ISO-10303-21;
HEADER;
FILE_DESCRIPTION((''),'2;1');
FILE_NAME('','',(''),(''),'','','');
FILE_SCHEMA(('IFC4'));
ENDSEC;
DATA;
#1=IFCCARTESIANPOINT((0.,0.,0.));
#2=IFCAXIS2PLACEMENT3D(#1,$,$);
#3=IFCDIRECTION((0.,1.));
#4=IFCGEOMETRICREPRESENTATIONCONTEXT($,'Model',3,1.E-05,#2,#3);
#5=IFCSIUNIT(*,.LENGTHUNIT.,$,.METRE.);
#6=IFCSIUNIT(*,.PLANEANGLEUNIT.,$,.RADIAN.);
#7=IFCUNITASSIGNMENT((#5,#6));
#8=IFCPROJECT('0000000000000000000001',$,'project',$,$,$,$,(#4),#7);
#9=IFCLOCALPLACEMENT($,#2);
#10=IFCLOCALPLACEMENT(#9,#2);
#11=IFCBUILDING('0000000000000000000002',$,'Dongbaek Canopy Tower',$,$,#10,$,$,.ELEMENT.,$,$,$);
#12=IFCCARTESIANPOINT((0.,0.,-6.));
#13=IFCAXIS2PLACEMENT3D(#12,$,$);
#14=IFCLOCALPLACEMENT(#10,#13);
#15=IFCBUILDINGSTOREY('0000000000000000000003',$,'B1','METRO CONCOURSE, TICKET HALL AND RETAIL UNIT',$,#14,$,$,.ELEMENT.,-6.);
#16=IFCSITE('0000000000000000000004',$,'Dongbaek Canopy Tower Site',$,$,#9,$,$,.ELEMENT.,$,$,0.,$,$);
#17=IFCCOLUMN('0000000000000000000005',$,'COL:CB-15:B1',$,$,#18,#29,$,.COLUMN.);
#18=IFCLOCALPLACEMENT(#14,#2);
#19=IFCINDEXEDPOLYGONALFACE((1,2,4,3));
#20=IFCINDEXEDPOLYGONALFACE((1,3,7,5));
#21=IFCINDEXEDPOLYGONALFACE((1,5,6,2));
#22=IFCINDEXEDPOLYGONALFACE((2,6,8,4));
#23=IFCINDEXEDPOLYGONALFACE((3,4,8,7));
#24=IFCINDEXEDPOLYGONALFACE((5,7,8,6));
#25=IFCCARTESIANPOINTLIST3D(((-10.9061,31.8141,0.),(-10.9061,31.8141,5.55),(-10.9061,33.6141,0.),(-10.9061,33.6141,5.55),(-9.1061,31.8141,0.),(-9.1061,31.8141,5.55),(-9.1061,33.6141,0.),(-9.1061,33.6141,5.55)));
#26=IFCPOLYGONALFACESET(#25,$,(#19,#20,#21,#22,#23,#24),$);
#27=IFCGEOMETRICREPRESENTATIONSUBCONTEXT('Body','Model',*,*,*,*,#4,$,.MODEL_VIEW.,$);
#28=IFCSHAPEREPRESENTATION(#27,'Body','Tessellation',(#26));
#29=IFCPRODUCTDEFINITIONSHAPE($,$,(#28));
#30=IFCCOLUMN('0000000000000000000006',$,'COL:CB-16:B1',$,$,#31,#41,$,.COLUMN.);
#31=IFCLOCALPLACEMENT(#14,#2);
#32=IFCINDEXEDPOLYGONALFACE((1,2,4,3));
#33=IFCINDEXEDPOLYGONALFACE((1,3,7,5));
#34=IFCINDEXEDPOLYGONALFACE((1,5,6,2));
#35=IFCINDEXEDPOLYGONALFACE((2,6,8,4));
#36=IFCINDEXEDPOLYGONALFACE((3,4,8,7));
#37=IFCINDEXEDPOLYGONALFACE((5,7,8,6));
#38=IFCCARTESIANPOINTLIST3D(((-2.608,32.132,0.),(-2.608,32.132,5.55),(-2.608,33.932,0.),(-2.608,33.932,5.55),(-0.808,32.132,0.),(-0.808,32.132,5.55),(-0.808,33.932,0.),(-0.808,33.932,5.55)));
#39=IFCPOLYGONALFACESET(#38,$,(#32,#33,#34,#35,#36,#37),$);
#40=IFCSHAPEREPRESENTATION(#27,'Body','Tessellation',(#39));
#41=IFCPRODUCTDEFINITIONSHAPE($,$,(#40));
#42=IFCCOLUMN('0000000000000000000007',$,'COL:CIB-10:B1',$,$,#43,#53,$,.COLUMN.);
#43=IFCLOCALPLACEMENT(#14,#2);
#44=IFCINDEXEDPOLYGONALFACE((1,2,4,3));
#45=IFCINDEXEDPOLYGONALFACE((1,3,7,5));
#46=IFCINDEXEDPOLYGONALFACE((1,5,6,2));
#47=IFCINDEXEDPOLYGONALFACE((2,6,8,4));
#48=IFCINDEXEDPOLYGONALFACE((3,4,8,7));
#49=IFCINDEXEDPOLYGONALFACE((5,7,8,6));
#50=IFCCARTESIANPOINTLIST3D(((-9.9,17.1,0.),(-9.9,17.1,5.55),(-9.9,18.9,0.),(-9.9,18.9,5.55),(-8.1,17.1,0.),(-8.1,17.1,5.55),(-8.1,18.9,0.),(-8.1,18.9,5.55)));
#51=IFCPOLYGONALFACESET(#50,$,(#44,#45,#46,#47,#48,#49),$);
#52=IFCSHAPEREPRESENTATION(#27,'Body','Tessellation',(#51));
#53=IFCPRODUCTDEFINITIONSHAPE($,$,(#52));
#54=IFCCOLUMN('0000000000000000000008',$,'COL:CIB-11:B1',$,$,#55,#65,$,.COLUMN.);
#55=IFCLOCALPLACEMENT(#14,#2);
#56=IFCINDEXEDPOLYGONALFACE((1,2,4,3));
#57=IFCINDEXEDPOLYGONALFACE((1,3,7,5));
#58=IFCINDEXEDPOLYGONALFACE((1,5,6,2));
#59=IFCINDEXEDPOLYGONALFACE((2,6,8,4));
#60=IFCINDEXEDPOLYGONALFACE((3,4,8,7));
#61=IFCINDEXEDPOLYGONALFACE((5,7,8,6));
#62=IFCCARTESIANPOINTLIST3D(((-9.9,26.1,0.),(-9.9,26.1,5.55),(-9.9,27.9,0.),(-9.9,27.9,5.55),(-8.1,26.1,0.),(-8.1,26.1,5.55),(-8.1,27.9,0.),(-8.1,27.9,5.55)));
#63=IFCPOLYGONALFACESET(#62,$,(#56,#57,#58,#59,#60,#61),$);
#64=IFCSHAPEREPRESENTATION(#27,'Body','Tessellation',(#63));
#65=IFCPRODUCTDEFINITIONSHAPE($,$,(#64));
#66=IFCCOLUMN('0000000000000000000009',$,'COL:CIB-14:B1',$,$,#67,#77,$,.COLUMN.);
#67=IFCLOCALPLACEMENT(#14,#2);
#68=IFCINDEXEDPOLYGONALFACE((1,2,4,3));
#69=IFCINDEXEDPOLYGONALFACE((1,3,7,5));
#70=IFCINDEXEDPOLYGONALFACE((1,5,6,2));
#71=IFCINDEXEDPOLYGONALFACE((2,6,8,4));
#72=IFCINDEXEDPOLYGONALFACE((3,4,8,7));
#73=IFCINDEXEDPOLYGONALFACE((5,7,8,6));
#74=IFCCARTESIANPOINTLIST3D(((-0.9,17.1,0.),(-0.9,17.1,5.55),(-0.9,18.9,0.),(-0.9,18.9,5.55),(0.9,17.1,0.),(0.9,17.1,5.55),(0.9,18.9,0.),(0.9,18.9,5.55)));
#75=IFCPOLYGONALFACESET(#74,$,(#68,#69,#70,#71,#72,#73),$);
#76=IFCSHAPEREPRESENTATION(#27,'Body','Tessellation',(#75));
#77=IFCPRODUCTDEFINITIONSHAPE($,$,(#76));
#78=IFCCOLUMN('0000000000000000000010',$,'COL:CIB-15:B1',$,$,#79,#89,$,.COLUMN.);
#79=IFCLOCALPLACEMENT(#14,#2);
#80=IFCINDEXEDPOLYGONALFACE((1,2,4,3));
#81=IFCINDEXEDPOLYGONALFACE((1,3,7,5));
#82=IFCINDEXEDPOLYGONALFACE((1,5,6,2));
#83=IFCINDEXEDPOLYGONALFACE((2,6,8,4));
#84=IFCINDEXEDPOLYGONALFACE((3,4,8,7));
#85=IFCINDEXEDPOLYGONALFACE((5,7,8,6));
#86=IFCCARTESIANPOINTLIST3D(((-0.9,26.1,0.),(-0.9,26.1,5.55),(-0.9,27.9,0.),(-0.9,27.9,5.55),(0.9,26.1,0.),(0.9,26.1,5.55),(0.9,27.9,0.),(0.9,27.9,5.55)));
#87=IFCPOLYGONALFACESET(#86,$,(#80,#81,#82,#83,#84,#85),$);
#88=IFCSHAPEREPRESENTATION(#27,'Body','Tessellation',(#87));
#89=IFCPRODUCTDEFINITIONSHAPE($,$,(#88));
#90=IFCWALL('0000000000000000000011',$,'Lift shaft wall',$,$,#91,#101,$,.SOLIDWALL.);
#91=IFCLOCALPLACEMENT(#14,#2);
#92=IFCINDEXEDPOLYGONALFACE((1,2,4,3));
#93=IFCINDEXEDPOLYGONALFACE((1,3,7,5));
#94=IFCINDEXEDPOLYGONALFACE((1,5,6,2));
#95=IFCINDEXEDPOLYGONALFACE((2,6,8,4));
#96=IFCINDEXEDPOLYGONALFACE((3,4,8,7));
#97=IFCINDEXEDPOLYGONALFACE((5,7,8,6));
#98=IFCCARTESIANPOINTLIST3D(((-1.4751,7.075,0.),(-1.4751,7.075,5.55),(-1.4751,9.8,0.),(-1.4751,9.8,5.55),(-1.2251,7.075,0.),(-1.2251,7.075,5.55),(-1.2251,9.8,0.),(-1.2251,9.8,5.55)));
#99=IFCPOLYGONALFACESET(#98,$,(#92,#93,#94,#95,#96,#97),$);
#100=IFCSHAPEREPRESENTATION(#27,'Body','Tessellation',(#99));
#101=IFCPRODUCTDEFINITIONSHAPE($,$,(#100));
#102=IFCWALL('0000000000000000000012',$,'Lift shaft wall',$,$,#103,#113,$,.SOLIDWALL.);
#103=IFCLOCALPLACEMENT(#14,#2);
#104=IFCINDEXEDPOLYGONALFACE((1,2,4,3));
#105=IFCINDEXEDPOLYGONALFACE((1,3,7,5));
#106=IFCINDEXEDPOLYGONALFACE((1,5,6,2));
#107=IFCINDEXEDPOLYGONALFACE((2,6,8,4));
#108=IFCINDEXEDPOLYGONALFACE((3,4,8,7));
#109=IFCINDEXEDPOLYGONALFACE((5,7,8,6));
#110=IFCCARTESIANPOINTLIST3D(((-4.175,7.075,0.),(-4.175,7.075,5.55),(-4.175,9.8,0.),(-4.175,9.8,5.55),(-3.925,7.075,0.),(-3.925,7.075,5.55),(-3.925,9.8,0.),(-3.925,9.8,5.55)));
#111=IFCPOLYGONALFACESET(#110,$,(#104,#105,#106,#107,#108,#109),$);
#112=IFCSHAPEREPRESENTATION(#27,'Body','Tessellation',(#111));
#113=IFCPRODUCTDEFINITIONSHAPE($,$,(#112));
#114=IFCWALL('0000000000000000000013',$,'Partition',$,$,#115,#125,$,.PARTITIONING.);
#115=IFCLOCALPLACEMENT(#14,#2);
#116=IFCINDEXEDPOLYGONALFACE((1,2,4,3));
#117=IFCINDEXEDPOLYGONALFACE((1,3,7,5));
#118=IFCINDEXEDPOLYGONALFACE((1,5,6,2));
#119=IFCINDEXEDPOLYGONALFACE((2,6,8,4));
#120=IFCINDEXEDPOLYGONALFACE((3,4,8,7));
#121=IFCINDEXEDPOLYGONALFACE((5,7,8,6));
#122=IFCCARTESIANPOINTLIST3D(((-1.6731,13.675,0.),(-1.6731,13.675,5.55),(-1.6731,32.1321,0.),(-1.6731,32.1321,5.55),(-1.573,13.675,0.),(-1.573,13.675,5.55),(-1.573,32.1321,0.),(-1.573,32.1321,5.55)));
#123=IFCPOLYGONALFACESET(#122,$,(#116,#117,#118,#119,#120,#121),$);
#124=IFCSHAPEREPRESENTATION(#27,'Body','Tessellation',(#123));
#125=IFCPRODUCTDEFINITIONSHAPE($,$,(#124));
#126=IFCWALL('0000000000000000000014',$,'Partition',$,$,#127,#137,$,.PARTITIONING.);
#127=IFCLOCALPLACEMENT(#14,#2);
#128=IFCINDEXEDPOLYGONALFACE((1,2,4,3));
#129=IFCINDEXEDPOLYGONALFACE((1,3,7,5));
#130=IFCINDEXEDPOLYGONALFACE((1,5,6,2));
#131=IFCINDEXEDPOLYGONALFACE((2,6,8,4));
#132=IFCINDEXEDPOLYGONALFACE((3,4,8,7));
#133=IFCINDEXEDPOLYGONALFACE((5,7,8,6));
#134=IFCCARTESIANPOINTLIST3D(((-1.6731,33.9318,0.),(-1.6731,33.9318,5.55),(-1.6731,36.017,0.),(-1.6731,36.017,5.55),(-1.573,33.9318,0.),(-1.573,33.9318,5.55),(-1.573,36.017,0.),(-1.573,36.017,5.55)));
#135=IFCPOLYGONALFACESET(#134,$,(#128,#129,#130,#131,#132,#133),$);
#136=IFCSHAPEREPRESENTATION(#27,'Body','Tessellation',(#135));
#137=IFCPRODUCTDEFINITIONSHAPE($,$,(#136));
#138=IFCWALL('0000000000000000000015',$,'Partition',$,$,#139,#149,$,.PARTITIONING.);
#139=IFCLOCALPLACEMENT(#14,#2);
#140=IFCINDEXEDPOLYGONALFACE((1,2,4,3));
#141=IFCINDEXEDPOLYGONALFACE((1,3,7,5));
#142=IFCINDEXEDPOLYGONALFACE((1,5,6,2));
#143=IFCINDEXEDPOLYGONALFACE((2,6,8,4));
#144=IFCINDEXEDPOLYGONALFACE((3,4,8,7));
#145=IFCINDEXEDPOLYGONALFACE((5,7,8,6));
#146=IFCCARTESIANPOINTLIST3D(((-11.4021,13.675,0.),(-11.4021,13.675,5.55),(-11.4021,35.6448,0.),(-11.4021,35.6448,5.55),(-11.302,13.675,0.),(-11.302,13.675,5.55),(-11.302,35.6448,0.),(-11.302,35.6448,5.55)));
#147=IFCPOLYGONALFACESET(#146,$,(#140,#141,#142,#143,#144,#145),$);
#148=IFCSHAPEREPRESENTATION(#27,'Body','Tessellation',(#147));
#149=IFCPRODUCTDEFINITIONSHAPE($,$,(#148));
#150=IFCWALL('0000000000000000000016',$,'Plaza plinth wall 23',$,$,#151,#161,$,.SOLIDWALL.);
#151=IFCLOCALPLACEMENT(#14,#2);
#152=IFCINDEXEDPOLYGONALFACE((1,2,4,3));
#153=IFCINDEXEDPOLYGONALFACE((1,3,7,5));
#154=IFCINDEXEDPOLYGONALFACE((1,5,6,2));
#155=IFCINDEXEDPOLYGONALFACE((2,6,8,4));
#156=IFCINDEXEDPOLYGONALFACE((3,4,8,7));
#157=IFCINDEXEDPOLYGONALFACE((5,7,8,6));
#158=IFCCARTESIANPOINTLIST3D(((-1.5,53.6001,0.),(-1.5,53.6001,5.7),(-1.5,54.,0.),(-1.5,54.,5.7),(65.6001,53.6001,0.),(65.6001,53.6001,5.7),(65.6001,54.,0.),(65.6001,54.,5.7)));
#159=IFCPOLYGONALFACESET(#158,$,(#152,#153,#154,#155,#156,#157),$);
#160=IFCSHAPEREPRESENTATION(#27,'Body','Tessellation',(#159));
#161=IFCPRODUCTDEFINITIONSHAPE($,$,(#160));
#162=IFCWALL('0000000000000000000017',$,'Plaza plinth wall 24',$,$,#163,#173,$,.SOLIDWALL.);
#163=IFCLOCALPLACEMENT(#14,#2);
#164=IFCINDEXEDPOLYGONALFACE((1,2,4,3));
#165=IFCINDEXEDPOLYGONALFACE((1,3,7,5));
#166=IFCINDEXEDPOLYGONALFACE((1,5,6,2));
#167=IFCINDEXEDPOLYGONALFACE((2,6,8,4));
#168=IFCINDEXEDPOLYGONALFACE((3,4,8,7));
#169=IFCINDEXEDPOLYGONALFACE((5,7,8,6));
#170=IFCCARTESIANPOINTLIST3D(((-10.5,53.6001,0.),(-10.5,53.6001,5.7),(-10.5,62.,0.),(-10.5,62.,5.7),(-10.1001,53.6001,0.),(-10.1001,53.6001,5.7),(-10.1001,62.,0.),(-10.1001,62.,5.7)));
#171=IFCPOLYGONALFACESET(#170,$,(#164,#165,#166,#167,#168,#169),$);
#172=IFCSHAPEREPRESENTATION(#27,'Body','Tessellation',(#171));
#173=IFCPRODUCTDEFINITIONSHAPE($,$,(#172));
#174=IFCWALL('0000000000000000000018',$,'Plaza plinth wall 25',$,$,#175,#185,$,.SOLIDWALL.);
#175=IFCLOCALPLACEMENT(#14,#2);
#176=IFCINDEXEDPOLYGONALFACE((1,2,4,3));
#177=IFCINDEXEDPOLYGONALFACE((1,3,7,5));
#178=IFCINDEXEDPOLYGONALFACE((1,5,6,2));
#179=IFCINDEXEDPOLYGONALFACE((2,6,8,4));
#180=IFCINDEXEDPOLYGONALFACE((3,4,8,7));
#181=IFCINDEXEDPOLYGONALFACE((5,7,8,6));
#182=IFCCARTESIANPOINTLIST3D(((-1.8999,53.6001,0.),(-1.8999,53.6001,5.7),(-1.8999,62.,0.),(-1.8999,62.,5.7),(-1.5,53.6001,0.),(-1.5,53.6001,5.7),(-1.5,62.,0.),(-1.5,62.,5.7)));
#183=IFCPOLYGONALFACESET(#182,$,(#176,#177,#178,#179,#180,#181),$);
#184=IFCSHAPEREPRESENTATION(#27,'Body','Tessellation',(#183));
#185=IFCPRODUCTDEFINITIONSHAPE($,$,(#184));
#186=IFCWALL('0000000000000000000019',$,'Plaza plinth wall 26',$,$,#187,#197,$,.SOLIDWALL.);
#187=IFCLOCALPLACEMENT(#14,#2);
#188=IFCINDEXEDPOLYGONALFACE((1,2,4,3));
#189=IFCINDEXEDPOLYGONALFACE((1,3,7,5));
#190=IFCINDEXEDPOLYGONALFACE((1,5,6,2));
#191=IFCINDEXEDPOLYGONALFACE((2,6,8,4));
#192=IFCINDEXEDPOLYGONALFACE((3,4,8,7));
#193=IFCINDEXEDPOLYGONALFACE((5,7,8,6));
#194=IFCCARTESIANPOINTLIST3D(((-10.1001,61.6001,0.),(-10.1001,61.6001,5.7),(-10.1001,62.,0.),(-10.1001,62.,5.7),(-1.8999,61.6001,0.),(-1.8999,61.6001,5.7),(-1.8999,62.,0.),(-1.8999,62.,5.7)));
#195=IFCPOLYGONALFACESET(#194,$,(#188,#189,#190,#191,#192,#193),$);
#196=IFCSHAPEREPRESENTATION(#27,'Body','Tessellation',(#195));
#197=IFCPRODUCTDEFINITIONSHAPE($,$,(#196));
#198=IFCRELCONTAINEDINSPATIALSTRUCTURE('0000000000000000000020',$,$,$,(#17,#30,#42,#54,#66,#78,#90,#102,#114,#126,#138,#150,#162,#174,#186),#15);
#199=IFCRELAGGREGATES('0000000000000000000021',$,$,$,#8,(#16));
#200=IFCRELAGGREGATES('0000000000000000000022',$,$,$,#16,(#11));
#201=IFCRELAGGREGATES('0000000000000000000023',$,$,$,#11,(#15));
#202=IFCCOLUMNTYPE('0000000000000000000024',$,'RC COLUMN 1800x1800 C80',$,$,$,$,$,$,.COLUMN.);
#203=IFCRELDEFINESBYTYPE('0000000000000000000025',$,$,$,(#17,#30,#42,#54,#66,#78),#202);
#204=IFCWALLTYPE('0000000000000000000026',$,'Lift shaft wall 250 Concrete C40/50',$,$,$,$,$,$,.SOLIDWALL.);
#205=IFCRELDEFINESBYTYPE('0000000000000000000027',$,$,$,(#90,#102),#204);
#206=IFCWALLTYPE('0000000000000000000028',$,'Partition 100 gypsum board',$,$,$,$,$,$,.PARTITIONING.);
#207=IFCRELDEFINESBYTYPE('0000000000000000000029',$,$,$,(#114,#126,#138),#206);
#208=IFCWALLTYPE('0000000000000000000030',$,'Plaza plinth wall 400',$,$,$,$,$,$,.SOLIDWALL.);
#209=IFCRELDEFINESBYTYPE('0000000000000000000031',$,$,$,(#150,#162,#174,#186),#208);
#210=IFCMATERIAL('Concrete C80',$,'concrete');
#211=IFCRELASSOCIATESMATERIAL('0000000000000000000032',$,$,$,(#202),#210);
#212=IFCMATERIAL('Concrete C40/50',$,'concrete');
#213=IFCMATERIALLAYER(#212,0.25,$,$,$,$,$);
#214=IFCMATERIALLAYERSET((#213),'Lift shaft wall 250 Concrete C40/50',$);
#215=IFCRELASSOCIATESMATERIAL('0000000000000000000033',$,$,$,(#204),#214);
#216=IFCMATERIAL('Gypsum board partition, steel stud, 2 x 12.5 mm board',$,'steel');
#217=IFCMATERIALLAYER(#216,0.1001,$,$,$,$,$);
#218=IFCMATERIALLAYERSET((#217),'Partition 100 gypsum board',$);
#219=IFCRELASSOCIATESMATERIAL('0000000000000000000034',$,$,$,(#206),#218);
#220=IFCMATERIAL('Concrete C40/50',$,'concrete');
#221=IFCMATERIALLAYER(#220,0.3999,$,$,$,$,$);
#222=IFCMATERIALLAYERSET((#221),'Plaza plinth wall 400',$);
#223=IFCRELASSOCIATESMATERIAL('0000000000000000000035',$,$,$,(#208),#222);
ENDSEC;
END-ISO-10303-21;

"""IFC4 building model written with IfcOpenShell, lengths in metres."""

from ifc_helpers import new_model, si_unit, direction, frame, frame_2d, origin, origin_2d, place, context, subcontext, project, spatial, rectangle, extrude, material, layer, layer_set, material_profile, profile_set, type_object, element, save


model = new_model("IFC4")

# Units and contexts
model_context = context("Model", 3, precision=1e-05, world=origin(), true_north=direction((0.0, 1.0)))
body_context = subcontext(model_context, "Body", "Model", "MODEL_VIEW")
ifc_project = project(units=[si_unit("LENGTHUNIT", "METRE"), si_unit("PLANEANGLEUNIT", "RADIAN")], contexts=[model_context])

# Site, building, storey
site_placement = place(None, origin())
site = spatial("IfcSite", under=ifc_project, at=site_placement, Name="Dongbaek Canopy Tower Site", CompositionType="ELEMENT", RefElevation=0.0)
building_placement = place(site_placement, origin())
building = spatial("IfcBuilding", under=site, at=building_placement, Name="Dongbaek Canopy Tower", CompositionType="ELEMENT")
storey_placement = place(building_placement, frame((0.0, 0.0, -6.0)))
storey = spatial("IfcBuildingStorey", under=building, at=storey_placement, Name="B1", Description="METRO CONCOURSE, TICKET HALL AND RETAIL UNIT", CompositionType="ELEMENT", Elevation=-6.0)

# Columns
ifc_material_1 = material(Name="Concrete C80", Category="concrete")
ifc_material_profile = material_profile(ifc_material_1, rectangle(XDim=1.8, YDim=1.8, at=origin_2d()), Name="RC COLUMN 1800x1800 C80")
ifc_profile_set = profile_set([ifc_material_profile], Name="Concrete C80")
column_type = type_object("IfcColumnType", Name="RC COLUMN 1800x1800 C80", PredefinedType="COLUMN", material=ifc_profile_set)
for number, where, z_axis, x_axis, name in (
    (1, (-10.0061, 32.7141, 0.0), (0.0, 0.0, 1.0), (1.0, 0.0, 0.0), "COL:CB-15:B1"),
    (2, (-1.708, 33.032, 0.0), (0.0, 0.0, 1.0), (1.0, 0.0, 0.0), "COL:CB-16:B1"),
    (3, (-9.0, 18.0, 0.0), (0.0, 0.0, 1.0), (1.0, 0.0, 0.0), "COL:CIB-10:B1"),
    (4, (-9.0, 27.0, 0.0), (0.0, 0.0, 1.0), (1.0, 0.0, 0.0), "COL:CIB-11:B1"),
    (5, (0.0, 18.0, 0.0), (0.0, 0.0, 1.0), (1.0, 0.0, 0.0), "COL:CIB-14:B1"),
    (6, (0.0, 27.0, 0.0), (0.0, 0.0, 1.0), (1.0, 0.0, 0.0), "COL:CIB-15:B1"),
):
    element("IfcColumn", number, at=place(storey_placement, frame(where, z_axis=z_axis, x_axis=x_axis)), inside=storey, type_object=column_type, Name=name, PredefinedType="COLUMN", context=body_context, shape_type="SweptSolid", body=[
        extrude(rectangle(XDim=1.8, YDim=1.8, at=origin_2d()), origin(), (0.0, 0.0, 1.0), 5.55),
    ])

# Walls
ifc_material_2 = material(Name="Concrete C40/50", Category="concrete")
ifc_layer_1 = layer(ifc_material_2, 0.25)
ifc_layer_set_1 = layer_set([ifc_layer_1], Name="Lift shaft wall 250 Concrete C40/50")
wall_type_1 = type_object("IfcWallType", Name="Lift shaft wall 250 Concrete C40/50", PredefinedType="SOLIDWALL", material=ifc_layer_set_1)
for number, where, z_axis, x_axis, name in (
    (7, (-1.3501, 7.075, 0.0), (0.0, 0.0, 1.0), (0.0, 1.0, 0.0), "Lift shaft wall"),
    (8, (-4.05, 7.075, 0.0), (0.0, 0.0, 1.0), (0.0, 1.0, 0.0), "Lift shaft wall"),
):
    element("IfcWall", number, at=place(storey_placement, frame(where, z_axis=z_axis, x_axis=x_axis)), inside=storey, type_object=wall_type_1, Name=name, PredefinedType="SOLIDWALL", context=body_context, shape_type="SweptSolid", body=[
        extrude(rectangle(XDim=2.7251, YDim=0.25, at=frame_2d((1.3625, 0.0))), origin(), (0.0, 0.0, 1.0), 5.55),
    ])
ifc_material_3 = material(Name="Gypsum board partition, steel stud, 2 x 12.5 mm board", Category="steel")
ifc_layer_2 = layer(ifc_material_3, 0.1001)
ifc_layer_set_2 = layer_set([ifc_layer_2], Name="Partition 100 gypsum board")
wall_type_2 = type_object("IfcWallType", Name="Partition 100 gypsum board", PredefinedType="PARTITIONING", material=ifc_layer_set_2)
wall_1_placement = place(storey_placement, frame((-1.623, 13.675, 0.0), z_axis=(0.0, 0.0, 1.0), x_axis=(0.0, 1.0, 0.0)))
element("IfcWall", 9, at=wall_1_placement, inside=storey, type_object=wall_type_2, Name="Partition", PredefinedType="PARTITIONING", context=body_context, shape_type="SweptSolid", body=[
    extrude(rectangle(XDim=18.457, YDim=0.1001, at=frame_2d((9.2285, 0.0))), origin(), (0.0, 0.0, 1.0), 5.55),
])
wall_2_placement = place(storey_placement, frame((-1.623, 33.9319, 0.0), z_axis=(0.0, 0.0, 1.0), x_axis=(0.0, 1.0, 0.0)))
element("IfcWall", 10, at=wall_2_placement, inside=storey, type_object=wall_type_2, Name="Partition", PredefinedType="PARTITIONING", context=body_context, shape_type="SweptSolid", body=[
    extrude(rectangle(XDim=2.0852, YDim=0.1001, at=frame_2d((1.0425, 0.0))), origin(), (0.0, 0.0, 1.0), 5.55),
])
wall_3_placement = place(storey_placement, frame((-11.3521, 13.675, 0.0), z_axis=(0.0, 0.0, 1.0), x_axis=(0.0, 1.0, 0.0)))
element("IfcWall", 11, at=wall_3_placement, inside=storey, type_object=wall_type_2, Name="Partition", PredefinedType="PARTITIONING", context=body_context, shape_type="SweptSolid", body=[
    extrude(rectangle(XDim=21.9697, YDim=0.1001, at=frame_2d((10.9849, 0.0))), origin(), (0.0, 0.0, 1.0), 5.55),
])
ifc_material_4 = material(Name="Concrete C40/50", Category="concrete")
ifc_layer_3 = layer(ifc_material_4, 0.3999)
ifc_layer_set_3 = layer_set([ifc_layer_3], Name="Plaza plinth wall 400")
wall_type_3 = type_object("IfcWallType", Name="Plaza plinth wall 400", PredefinedType="SOLIDWALL", material=ifc_layer_set_3)
wall_4_placement = place(storey_placement, frame((-1.5, 53.8, 0.0), z_axis=(0.0, 0.0, 1.0), x_axis=(1.0, 0.0, 0.0)))
element("IfcWall", 12, at=wall_4_placement, inside=storey, type_object=wall_type_3, Name="Plaza plinth wall 23", PredefinedType="SOLIDWALL", context=body_context, shape_type="SweptSolid", body=[
    extrude(rectangle(XDim=67.1001, YDim=0.3999, at=frame_2d((33.55, 0.0))), origin(), (0.0, 0.0, 1.0), 5.7),
])
for number, where, z_axis, x_axis, name in (
    (13, (-10.3, 53.6001, 0.0), (0.0, 0.0, 1.0), (0.0, 1.0, 0.0), "Plaza plinth wall 24"),
    (14, (-1.7, 53.6001, 0.0), (0.0, 0.0, 1.0), (0.0, 1.0, 0.0), "Plaza plinth wall 25"),
):
    element("IfcWall", number, at=place(storey_placement, frame(where, z_axis=z_axis, x_axis=x_axis)), inside=storey, type_object=wall_type_3, Name=name, PredefinedType="SOLIDWALL", context=body_context, shape_type="SweptSolid", body=[
        extrude(rectangle(XDim=8.3999, YDim=0.3999, at=frame_2d((4.2, 0.0))), origin(), (0.0, 0.0, 1.0), 5.7),
    ])
wall_5_placement = place(storey_placement, frame((-10.1001, 61.8, 0.0), z_axis=(0.0, 0.0, 1.0), x_axis=(1.0, 0.0, 0.0)))
element("IfcWall", 15, at=wall_5_placement, inside=storey, type_object=wall_type_3, Name="Plaza plinth wall 26", PredefinedType="SOLIDWALL", context=body_context, shape_type="SweptSolid", body=[
    extrude(rectangle(XDim=8.2002, YDim=0.3999, at=frame_2d((4.1001, 0.0))), origin(), (0.0, 0.0, 1.0), 5.7),
])

save(model, "model.ifc")
